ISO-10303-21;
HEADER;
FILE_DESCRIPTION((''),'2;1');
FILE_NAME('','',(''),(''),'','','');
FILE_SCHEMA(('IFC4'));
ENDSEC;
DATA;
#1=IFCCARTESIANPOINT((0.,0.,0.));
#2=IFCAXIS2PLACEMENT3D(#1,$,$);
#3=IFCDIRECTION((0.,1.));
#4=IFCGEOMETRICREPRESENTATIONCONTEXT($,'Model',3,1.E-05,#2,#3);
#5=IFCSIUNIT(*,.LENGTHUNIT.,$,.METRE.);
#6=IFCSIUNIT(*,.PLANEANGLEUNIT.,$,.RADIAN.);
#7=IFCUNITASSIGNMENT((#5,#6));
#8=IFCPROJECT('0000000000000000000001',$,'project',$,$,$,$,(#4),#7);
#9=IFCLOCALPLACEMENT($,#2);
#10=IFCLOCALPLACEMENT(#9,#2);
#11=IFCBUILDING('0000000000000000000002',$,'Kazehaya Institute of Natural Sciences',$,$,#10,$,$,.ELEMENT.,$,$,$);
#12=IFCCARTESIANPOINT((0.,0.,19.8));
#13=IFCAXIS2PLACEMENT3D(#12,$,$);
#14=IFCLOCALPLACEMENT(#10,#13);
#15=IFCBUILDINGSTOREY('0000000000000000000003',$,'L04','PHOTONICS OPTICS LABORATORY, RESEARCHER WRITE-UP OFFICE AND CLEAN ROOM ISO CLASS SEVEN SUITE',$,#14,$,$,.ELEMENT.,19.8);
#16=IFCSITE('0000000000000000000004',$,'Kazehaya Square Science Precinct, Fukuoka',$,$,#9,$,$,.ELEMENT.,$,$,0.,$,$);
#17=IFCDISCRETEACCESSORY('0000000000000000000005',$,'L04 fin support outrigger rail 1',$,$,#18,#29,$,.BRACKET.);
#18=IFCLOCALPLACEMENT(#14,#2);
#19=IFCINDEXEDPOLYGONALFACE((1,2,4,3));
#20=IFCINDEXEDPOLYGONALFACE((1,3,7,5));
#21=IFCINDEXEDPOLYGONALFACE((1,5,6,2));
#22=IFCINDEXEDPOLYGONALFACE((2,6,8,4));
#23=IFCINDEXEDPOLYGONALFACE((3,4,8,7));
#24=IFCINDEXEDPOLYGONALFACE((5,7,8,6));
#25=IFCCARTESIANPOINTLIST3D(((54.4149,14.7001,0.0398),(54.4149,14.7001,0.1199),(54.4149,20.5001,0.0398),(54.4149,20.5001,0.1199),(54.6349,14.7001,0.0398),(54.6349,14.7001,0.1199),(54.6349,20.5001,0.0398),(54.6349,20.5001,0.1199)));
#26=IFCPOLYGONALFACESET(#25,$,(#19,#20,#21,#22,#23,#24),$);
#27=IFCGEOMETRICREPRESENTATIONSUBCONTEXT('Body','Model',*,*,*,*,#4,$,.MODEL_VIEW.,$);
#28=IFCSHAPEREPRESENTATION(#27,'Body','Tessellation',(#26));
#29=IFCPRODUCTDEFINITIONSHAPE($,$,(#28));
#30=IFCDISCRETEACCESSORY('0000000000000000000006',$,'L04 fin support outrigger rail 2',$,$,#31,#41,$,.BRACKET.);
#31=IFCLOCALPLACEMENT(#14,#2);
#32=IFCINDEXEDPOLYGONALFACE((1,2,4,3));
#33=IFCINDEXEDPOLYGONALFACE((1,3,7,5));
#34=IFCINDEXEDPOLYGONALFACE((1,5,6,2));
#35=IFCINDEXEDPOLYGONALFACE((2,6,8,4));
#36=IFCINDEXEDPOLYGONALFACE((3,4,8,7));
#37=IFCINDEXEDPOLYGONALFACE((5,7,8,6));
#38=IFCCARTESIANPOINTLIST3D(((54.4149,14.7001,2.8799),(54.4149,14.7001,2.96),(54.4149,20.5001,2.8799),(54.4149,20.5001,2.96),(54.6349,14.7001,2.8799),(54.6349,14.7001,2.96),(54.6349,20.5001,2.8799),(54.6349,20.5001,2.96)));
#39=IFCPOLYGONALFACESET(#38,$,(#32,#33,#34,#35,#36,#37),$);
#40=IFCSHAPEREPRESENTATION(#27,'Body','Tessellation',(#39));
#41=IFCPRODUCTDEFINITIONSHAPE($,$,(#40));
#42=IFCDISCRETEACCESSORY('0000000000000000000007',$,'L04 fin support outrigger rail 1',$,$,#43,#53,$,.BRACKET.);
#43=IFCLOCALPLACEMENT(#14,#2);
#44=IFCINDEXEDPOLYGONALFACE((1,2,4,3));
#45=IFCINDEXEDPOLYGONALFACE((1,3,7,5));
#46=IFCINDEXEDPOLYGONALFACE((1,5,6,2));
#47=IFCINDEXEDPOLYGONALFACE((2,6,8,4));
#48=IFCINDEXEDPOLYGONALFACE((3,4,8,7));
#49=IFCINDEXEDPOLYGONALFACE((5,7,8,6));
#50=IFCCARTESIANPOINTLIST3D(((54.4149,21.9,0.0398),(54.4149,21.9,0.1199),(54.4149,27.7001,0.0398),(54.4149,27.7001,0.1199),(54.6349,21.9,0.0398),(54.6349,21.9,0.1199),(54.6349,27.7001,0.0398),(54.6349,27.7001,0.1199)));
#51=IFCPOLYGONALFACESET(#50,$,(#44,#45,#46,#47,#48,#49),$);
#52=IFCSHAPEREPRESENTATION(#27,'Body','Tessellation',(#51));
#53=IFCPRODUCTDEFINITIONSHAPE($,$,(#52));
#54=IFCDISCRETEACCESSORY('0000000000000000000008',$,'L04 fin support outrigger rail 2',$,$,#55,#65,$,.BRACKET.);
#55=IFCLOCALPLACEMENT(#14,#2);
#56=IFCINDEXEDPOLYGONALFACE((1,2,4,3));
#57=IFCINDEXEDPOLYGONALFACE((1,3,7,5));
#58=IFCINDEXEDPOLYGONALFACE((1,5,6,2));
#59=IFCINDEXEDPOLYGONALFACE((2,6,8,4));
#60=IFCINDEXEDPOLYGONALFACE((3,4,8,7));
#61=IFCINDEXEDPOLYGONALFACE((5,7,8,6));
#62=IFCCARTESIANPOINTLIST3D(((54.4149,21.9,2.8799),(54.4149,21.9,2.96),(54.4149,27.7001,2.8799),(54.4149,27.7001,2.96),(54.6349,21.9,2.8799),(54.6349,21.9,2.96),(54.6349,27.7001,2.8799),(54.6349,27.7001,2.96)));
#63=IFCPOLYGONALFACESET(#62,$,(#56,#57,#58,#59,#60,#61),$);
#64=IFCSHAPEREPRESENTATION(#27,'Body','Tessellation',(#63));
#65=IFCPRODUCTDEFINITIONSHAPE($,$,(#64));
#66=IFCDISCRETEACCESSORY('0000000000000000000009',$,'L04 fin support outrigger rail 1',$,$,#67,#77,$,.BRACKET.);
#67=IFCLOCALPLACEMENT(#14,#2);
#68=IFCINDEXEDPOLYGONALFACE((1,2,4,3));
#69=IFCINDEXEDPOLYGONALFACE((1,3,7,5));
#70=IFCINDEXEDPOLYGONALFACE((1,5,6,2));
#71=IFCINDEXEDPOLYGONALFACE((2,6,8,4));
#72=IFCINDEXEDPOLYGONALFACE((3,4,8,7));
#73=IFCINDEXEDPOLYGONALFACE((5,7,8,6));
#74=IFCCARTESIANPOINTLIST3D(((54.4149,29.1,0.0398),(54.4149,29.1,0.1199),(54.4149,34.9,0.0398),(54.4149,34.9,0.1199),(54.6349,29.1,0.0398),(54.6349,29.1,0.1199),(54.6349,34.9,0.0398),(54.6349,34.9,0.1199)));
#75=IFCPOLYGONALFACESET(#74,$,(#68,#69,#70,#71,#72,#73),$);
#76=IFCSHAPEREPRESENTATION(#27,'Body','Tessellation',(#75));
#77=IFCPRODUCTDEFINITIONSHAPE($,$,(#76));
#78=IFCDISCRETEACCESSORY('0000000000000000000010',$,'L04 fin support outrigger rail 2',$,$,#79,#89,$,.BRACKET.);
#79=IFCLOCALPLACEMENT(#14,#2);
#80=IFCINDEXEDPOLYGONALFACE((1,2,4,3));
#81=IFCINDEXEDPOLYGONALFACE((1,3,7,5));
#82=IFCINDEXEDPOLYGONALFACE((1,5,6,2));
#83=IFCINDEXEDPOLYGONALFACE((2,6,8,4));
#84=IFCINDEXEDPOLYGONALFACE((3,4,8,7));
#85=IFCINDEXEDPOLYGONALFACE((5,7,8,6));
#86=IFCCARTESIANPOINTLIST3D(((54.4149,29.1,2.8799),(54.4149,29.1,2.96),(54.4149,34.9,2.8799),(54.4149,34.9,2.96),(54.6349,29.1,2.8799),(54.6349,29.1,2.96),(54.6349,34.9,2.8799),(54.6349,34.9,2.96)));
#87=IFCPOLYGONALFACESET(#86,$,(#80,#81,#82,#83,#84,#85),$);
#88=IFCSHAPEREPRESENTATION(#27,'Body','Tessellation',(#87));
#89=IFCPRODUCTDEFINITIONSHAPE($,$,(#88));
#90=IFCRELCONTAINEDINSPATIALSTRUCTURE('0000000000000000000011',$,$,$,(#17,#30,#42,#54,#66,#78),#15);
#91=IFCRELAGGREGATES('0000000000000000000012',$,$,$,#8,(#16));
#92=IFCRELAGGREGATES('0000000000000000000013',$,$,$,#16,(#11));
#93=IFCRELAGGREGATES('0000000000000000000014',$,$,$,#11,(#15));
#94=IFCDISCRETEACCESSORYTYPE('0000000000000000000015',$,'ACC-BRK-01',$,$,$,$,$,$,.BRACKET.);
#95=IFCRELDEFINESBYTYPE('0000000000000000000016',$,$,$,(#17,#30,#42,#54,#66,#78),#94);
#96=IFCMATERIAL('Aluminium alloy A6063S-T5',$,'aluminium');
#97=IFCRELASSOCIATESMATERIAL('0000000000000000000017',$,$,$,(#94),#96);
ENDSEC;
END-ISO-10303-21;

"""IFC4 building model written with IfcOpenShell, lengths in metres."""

from ifc_helpers import new_model, si_unit, direction, frame, origin, origin_2d, place, context, subcontext, project, spatial, rectangle, extrude, material, type_object, element, save


model = new_model("IFC4")

# Units and contexts
model_context = context("Model", 3, precision=1e-05, world=origin(), true_north=direction((0.0, 1.0)))
body_context = subcontext(model_context, "Body", "Model", "MODEL_VIEW")
ifc_project = project(units=[si_unit("LENGTHUNIT", "METRE"), si_unit("PLANEANGLEUNIT", "RADIAN")], contexts=[model_context])

# Site, building, storey
site_placement = place(None, origin())
site = spatial("IfcSite", under=ifc_project, at=site_placement, Name="Kazehaya Square Science Precinct, Fukuoka", CompositionType="ELEMENT", RefElevation=0.0)
building_placement = place(site_placement, origin())
building = spatial("IfcBuilding", under=site, at=building_placement, Name="Kazehaya Institute of Natural Sciences", CompositionType="ELEMENT")
storey_placement = place(building_placement, frame((0.0, 0.0, 19.8)))
storey = spatial("IfcBuildingStorey", under=building, at=storey_placement, Name="L04", Description="PHOTONICS OPTICS LABORATORY, RESEARCHER WRITE-UP OFFICE AND CLEAN ROOM ISO CLASS SEVEN SUITE", CompositionType="ELEMENT", Elevation=19.8)

# Shared definitions
ifc_material_1 = material(Name="Aluminium alloy A6063S-T5", Category="aluminium")

# Discrete accessories
discrete_accessory_type = type_object("IfcDiscreteAccessoryType", Name="ACC-BRK-01", PredefinedType="BRACKET", material=ifc_material_1)
for number, where, z_axis, x_axis, name in (
    (1, (54.5249, 17.6001, 0.0398), (0.0, 0.0, 1.0), (0.0, 1.0, 0.0), "L04 fin support outrigger rail 1"),
    (2, (54.5249, 17.6001, 2.8799), (0.0, 0.0, 1.0), (0.0, 1.0, 0.0), "L04 fin support outrigger rail 2"),
    (3, (54.5249, 24.8, 0.0398), (0.0, 0.0, 1.0), (0.0, 1.0, 0.0), "L04 fin support outrigger rail 1"),
    (4, (54.5249, 24.8, 2.8799), (0.0, 0.0, 1.0), (0.0, 1.0, 0.0), "L04 fin support outrigger rail 2"),
    (5, (54.5249, 32.0, 0.0398), (0.0, 0.0, 1.0), (0.0, 1.0, 0.0), "L04 fin support outrigger rail 1"),
    (6, (54.5249, 32.0, 2.8799), (0.0, 0.0, 1.0), (0.0, 1.0, 0.0), "L04 fin support outrigger rail 2"),
):
    element("IfcDiscreteAccessory", number, at=place(storey_placement, frame(where, z_axis=z_axis, x_axis=x_axis)), inside=storey, type_object=discrete_accessory_type, Name=name, PredefinedType="BRACKET", context=body_context, shape_type="SweptSolid", body=[
        extrude(rectangle(XDim=5.8, YDim=0.22, at=origin_2d()), origin(), (0.0, 0.0, 1.0), 0.0801),
    ])

save(model, "model.ifc")
